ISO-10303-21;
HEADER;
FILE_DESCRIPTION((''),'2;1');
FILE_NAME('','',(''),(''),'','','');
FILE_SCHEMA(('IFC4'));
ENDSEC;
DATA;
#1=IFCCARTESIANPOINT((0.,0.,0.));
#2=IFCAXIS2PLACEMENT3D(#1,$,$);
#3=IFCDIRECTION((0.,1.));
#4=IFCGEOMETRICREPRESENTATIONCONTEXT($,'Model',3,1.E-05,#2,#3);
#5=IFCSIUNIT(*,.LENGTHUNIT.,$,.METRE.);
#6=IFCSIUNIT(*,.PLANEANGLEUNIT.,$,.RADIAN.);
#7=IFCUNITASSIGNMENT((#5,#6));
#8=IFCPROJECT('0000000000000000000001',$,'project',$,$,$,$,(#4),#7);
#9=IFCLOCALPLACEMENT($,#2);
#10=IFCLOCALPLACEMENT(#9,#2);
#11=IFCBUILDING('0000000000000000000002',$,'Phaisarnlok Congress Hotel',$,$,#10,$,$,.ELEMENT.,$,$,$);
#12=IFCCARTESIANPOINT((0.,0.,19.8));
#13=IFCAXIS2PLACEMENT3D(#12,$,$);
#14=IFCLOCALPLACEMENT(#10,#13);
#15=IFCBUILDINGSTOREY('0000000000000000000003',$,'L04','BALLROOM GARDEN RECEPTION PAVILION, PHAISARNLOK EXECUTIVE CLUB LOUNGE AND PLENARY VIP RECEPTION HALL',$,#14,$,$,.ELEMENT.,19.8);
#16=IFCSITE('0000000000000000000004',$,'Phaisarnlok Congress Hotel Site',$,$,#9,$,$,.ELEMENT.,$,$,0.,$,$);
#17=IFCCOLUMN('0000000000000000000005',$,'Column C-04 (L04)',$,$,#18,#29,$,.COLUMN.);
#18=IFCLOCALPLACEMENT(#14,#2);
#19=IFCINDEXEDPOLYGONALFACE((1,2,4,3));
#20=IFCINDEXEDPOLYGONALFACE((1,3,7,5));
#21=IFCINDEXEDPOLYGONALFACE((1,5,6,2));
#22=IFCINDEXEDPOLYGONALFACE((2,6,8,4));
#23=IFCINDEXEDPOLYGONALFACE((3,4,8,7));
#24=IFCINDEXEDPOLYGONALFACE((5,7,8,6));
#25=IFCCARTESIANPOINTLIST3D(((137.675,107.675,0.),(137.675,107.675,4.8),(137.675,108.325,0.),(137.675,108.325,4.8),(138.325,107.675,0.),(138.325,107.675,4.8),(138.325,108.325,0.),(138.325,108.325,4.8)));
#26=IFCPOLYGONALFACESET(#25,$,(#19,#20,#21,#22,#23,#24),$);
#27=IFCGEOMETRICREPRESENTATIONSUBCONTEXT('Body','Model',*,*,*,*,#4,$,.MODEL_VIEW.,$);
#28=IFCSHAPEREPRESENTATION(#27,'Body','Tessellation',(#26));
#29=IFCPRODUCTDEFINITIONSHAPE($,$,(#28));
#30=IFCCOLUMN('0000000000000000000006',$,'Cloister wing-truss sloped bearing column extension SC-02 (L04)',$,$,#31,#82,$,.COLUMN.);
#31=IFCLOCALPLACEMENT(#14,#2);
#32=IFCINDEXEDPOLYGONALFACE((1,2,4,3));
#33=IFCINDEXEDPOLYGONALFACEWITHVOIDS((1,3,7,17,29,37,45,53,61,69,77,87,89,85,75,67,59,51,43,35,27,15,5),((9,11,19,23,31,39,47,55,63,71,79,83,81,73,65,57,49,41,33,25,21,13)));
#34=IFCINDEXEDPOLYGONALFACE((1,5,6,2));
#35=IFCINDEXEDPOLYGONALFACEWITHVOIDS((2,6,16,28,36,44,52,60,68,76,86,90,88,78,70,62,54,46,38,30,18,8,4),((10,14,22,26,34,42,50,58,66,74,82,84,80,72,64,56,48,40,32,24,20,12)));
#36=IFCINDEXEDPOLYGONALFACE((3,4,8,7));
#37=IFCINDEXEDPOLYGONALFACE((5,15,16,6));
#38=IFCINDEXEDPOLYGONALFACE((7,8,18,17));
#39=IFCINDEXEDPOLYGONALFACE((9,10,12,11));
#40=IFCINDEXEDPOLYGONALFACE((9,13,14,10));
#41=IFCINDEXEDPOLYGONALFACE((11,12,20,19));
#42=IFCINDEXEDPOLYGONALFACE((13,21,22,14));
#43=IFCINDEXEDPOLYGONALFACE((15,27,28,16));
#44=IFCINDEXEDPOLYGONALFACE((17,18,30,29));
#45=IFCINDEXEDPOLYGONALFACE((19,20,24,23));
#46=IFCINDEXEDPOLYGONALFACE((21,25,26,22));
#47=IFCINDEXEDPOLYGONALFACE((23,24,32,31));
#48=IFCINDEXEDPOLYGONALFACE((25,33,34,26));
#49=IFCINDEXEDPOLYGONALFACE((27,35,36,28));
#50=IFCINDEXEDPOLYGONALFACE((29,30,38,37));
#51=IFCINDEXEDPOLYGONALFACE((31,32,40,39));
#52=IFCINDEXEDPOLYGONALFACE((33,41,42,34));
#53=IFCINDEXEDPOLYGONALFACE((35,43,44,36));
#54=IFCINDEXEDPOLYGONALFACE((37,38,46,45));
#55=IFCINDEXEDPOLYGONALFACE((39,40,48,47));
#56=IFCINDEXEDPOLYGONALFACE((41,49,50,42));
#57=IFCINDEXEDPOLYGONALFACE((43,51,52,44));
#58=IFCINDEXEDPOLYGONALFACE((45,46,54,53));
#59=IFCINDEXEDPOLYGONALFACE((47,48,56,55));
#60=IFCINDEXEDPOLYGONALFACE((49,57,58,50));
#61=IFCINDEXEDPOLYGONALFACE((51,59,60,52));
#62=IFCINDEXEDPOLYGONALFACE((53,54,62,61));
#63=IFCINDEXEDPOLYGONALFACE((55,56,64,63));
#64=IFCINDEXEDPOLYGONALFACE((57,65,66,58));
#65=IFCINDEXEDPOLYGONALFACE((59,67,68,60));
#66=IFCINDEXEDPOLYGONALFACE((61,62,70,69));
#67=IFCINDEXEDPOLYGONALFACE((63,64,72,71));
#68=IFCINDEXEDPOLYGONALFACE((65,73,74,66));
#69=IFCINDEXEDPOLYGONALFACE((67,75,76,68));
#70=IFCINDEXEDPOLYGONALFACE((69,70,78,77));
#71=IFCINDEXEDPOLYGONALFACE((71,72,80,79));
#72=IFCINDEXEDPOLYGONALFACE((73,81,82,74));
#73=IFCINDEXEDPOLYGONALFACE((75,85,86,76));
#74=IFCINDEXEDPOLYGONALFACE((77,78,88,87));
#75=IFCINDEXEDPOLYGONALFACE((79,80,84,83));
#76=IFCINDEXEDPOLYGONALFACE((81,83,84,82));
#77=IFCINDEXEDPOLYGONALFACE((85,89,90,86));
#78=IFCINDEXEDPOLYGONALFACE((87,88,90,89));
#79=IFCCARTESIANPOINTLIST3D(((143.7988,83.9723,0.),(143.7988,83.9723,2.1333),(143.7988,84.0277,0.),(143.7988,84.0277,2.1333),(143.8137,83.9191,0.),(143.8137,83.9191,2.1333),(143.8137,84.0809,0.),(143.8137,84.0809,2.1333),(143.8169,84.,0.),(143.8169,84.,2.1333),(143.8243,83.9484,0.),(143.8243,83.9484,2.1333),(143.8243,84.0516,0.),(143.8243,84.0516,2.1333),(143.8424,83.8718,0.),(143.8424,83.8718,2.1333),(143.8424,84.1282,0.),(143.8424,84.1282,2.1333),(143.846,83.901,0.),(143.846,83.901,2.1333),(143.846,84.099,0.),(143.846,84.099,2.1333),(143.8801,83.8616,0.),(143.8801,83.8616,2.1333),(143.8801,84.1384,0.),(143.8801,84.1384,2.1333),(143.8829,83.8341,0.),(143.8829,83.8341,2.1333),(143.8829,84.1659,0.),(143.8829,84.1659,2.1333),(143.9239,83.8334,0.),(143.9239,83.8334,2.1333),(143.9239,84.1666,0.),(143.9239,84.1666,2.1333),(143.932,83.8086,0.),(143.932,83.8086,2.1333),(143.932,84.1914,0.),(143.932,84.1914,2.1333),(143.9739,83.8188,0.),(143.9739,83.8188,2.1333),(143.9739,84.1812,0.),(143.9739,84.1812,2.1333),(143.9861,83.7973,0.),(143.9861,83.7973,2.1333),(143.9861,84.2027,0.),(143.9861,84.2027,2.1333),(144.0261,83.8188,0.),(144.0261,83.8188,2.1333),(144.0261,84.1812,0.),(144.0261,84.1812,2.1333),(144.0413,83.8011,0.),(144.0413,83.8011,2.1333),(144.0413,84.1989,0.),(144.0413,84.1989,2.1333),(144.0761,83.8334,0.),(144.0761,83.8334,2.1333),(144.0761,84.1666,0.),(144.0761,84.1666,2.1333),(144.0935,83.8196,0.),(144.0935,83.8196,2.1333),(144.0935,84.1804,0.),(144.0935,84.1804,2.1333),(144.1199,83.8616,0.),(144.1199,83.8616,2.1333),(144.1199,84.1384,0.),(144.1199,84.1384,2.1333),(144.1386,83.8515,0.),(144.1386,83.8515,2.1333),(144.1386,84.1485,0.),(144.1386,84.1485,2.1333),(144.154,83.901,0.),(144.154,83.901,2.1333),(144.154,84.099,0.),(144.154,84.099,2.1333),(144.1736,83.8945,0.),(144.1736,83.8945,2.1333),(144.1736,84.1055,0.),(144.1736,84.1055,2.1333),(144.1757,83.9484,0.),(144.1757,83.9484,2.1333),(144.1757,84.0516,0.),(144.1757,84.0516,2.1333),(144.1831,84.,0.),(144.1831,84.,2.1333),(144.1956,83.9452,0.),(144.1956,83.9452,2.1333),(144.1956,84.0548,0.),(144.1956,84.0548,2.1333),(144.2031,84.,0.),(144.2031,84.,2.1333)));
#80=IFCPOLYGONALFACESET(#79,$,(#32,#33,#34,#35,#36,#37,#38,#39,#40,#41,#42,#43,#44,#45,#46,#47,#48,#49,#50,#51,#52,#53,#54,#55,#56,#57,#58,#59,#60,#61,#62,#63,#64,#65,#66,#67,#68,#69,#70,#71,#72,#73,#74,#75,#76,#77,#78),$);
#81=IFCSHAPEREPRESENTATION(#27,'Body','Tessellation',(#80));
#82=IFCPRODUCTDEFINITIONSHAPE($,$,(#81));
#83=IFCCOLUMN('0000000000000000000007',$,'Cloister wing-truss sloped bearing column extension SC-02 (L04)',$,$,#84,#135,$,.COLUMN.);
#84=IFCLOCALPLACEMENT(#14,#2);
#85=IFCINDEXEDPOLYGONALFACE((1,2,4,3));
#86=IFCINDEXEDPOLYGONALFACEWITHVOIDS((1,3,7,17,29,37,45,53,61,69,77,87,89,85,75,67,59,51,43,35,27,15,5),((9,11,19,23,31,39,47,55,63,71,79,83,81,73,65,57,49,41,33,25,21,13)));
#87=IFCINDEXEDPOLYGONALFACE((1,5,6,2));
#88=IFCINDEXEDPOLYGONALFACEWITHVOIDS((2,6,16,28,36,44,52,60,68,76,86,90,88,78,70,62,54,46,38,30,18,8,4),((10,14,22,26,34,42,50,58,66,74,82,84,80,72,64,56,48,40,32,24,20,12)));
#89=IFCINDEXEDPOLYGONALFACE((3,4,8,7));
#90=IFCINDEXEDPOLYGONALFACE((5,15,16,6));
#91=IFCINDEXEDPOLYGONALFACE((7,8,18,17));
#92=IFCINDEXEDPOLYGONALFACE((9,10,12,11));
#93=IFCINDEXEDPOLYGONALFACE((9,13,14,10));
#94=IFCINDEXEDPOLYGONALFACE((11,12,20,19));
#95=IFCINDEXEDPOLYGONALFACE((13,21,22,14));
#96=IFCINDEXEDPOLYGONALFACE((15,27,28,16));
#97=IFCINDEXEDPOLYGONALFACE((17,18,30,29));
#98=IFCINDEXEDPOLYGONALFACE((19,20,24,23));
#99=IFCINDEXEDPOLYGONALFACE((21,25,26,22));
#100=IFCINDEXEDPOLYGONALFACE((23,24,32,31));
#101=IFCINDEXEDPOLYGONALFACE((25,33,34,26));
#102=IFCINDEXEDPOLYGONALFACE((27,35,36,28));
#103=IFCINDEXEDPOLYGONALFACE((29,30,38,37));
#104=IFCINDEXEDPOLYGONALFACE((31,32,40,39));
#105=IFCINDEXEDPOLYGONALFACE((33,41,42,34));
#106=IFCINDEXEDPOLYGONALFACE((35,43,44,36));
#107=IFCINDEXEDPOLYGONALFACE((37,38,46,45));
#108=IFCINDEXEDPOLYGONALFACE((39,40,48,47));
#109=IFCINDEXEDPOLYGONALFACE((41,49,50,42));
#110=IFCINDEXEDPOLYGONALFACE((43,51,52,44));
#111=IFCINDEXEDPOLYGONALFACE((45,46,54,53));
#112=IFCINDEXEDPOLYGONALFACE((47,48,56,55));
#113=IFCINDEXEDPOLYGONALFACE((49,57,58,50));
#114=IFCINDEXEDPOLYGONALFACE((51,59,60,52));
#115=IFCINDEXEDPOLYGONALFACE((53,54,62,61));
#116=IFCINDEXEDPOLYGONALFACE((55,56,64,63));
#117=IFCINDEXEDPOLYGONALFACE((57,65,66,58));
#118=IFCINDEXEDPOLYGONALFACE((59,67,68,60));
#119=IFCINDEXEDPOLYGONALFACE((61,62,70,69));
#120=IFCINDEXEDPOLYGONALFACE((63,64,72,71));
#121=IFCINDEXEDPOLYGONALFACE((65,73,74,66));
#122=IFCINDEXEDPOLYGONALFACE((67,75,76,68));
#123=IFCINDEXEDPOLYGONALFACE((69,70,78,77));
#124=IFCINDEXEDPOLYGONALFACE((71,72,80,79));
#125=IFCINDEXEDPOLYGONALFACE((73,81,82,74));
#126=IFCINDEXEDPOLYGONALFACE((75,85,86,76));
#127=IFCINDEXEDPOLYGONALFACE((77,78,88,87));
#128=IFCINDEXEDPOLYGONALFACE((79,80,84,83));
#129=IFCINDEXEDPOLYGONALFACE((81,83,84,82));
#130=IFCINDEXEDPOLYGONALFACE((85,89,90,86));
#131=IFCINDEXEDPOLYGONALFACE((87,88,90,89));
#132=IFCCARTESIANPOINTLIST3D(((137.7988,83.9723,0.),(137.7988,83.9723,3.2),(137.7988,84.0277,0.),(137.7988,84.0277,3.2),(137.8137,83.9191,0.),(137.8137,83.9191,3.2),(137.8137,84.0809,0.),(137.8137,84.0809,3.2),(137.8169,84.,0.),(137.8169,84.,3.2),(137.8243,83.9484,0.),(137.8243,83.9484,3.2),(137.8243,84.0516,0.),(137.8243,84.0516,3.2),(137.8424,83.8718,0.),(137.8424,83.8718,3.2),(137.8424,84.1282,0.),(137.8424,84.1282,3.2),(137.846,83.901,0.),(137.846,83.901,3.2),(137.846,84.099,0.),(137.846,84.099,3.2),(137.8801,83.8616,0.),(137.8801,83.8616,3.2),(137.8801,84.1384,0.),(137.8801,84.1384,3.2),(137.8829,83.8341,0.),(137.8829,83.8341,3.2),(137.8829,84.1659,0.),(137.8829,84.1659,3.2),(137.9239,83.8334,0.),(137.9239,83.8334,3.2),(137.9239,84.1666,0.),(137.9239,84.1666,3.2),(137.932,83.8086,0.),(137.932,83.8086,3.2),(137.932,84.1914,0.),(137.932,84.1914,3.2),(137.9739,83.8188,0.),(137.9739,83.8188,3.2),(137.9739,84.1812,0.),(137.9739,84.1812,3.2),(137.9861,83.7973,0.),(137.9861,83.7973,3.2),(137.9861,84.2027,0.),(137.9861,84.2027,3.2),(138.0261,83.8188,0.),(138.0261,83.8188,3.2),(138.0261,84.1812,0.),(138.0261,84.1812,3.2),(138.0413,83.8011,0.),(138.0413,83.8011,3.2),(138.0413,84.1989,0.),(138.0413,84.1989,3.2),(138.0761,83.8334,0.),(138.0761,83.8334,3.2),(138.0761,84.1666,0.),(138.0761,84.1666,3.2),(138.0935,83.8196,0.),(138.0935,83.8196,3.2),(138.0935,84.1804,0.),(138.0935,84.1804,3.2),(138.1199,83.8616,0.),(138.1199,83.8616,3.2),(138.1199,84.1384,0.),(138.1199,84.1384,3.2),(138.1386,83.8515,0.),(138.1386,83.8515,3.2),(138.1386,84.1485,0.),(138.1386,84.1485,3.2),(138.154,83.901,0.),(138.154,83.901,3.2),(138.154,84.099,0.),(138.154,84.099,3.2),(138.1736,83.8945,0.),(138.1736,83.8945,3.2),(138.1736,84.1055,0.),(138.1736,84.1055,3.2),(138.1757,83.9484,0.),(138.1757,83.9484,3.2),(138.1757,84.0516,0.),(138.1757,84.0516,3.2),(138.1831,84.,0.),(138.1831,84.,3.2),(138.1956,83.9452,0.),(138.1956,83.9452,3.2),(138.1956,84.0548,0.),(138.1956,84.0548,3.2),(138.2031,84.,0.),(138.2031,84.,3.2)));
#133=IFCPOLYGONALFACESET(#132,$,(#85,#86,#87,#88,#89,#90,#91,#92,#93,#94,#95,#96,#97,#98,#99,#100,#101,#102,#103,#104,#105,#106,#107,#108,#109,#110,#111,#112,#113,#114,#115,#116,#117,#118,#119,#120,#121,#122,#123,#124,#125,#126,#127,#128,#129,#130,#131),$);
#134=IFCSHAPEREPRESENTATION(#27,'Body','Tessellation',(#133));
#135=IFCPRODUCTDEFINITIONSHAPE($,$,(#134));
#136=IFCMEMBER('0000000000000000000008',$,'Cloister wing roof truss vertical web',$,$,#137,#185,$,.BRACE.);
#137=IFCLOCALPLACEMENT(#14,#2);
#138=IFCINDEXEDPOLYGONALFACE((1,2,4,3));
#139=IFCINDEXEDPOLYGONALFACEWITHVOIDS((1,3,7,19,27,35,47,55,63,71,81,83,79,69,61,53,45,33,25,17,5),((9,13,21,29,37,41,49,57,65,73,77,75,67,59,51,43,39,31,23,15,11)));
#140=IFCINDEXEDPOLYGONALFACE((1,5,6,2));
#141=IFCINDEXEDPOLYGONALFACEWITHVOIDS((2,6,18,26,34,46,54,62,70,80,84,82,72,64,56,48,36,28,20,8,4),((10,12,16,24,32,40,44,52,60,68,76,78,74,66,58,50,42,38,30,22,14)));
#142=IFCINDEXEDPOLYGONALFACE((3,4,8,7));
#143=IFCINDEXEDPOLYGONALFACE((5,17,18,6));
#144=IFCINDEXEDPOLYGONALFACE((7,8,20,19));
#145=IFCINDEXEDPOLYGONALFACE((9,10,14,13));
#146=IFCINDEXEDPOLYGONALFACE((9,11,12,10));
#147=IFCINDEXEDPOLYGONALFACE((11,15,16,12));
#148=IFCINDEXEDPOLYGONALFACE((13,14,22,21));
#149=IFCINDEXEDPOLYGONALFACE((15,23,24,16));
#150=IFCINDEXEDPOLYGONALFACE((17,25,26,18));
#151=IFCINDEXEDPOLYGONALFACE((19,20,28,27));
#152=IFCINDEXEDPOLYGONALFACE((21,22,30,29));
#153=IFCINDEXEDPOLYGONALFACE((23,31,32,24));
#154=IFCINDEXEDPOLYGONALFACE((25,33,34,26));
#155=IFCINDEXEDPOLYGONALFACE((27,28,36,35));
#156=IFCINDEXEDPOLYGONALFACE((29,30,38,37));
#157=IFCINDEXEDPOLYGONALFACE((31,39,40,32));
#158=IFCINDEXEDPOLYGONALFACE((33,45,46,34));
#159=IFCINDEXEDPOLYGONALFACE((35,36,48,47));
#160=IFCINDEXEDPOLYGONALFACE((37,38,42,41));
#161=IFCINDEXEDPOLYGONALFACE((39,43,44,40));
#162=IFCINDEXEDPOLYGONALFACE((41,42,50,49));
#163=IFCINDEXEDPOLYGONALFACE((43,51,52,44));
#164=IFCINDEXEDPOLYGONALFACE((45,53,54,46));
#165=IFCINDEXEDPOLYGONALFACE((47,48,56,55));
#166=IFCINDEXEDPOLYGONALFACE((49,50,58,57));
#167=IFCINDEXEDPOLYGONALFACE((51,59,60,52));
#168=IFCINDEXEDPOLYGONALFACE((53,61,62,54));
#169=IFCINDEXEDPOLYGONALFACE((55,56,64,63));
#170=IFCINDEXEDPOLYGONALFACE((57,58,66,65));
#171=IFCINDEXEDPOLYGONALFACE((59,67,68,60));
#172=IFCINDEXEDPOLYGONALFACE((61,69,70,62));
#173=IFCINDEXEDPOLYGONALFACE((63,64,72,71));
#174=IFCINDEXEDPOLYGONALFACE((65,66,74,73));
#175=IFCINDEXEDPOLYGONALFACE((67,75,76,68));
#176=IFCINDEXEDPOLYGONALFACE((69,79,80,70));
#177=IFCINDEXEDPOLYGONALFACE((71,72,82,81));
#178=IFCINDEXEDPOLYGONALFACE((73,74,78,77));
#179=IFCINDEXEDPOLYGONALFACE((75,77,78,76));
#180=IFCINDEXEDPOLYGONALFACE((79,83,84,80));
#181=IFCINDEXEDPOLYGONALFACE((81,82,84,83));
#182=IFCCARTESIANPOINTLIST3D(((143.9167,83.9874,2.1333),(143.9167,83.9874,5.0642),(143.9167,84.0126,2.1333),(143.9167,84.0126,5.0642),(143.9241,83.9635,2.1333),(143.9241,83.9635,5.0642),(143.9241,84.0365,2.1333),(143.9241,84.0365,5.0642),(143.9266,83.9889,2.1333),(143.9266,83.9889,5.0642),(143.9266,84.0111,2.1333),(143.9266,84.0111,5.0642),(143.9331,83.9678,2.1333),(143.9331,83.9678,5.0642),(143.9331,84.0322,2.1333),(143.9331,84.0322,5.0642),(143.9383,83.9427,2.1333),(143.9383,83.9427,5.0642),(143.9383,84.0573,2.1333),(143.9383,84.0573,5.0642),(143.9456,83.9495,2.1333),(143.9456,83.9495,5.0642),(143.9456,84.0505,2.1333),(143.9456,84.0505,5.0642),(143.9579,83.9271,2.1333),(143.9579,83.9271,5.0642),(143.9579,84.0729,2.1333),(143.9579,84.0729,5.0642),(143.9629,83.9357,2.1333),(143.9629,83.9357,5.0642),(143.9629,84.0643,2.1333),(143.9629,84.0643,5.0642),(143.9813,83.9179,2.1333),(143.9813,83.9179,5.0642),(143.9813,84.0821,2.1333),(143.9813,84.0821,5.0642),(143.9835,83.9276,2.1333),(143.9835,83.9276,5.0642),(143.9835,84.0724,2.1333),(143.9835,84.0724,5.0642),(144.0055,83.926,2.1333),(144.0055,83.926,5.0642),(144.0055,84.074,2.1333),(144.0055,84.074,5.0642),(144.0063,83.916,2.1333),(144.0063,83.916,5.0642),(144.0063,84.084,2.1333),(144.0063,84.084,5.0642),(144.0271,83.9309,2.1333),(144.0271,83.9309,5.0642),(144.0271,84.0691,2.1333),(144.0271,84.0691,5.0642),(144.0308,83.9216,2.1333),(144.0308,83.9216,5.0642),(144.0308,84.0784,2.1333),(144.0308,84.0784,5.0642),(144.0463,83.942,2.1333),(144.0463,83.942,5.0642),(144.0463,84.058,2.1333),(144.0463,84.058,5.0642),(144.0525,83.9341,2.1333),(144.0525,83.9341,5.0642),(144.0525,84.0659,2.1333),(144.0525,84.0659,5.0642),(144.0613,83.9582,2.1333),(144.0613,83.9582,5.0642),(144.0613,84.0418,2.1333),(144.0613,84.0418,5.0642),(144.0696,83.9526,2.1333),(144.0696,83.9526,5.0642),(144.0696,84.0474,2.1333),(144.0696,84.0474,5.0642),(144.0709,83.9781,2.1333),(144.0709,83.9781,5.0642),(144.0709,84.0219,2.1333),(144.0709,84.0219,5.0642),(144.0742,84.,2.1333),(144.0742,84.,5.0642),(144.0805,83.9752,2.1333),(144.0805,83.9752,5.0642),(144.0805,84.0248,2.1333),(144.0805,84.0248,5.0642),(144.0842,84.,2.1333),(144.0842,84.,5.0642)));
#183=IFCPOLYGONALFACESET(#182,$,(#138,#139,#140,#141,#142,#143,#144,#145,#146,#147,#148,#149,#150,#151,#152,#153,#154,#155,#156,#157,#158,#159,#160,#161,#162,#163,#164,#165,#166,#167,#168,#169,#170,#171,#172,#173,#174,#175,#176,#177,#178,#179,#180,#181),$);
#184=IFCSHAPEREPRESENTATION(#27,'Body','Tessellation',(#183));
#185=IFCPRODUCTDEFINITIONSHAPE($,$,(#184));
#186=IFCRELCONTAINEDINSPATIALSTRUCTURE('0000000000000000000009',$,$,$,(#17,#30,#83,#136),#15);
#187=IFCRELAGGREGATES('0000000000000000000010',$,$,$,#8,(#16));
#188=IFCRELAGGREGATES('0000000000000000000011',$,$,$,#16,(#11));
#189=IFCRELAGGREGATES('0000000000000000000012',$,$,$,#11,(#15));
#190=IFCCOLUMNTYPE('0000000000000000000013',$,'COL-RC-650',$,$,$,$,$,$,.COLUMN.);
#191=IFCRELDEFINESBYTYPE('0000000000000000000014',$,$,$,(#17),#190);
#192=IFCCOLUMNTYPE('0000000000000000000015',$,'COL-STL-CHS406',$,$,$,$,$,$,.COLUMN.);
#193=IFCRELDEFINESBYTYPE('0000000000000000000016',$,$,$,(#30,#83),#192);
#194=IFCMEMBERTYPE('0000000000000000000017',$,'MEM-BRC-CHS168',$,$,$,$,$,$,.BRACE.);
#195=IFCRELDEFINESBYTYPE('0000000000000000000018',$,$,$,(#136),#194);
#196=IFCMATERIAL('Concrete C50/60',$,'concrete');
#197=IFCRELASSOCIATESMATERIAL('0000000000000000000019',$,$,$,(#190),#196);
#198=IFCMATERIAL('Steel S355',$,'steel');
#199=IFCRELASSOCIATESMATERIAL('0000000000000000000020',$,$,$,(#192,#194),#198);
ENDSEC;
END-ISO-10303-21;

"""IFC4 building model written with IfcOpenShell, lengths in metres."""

from ifc_helpers import new_model, si_unit, direction, frame, origin, origin_2d, place, context, subcontext, project, spatial, rectangle, hollow_circle, extrude, material, material_profile, profile_set, type_object, element, save


model = new_model("IFC4")

# Units and contexts
model_context = context("Model", 3, precision=1e-05, world=origin(), true_north=direction((0.0, 1.0)))
body_context = subcontext(model_context, "Body", "Model", "MODEL_VIEW")
ifc_project = project(units=[si_unit("LENGTHUNIT", "METRE"), si_unit("PLANEANGLEUNIT", "RADIAN")], contexts=[model_context])

# Site, building, storey
site_placement = place(None, origin())
site = spatial("IfcSite", under=ifc_project, at=site_placement, Name="Phaisarnlok Congress Hotel Site", CompositionType="ELEMENT", RefElevation=0.0)
building_placement = place(site_placement, origin())
building = spatial("IfcBuilding", under=site, at=building_placement, Name="Phaisarnlok Congress Hotel", CompositionType="ELEMENT")
storey_placement = place(building_placement, frame((0.0, 0.0, 19.8)))
storey = spatial("IfcBuildingStorey", under=building, at=storey_placement, Name="L04", Description="BALLROOM GARDEN RECEPTION PAVILION, PHAISARNLOK EXECUTIVE CLUB LOUNGE AND PLENARY VIP RECEPTION HALL", CompositionType="ELEMENT", Elevation=19.8)

# Columns
ifc_material_1 = material(Name="Concrete C50/60", Category="concrete")
ifc_material_profile_1 = material_profile(ifc_material_1, rectangle(XDim=0.6499, YDim=0.6499, at=origin_2d()), Name="RC 650x650")
ifc_profile_set_1 = profile_set([ifc_material_profile_1], Name="Concrete C50/60")
column_type_1 = type_object("IfcColumnType", Name="COL-RC-650", PredefinedType="COLUMN", material=ifc_profile_set_1)
column_1_placement = place(storey_placement, frame((138.0, 108.0, 0.0), z_axis=(0.0, 0.0, 1.0), x_axis=(1.0, 0.0, 0.0)))
element("IfcColumn", 1, at=column_1_placement, inside=storey, type_object=column_type_1, Name="Column C-04 (L04)", PredefinedType="COLUMN", context=body_context, shape_type="SweptSolid", body=[
    extrude(rectangle(XDim=0.6499, YDim=0.6499, at=origin_2d()), origin(), (0.0, 0.0, 1.0), 4.8),
])
ifc_material_2 = material(Name="Steel S355", Category="steel")
ifc_material_profile_2 = material_profile(ifc_material_2, hollow_circle(Radius=0.2031, WallThickness=0.02, at=origin_2d()), Name="CHS 406.4x20")
ifc_profile_set_2 = profile_set([ifc_material_profile_2], Name="Steel S355")
column_type_2 = type_object("IfcColumnType", Name="COL-STL-CHS406", PredefinedType="COLUMN", material=ifc_profile_set_2)
column_2_placement = place(storey_placement, frame((144.0, 84.0, 0.0), z_axis=(0.0, 0.0, 1.0), x_axis=(1.0, 0.0, 0.0)))
element("IfcColumn", 2, at=column_2_placement, inside=storey, type_object=column_type_2, Name="Cloister wing-truss sloped bearing column extension SC-02 (L04)", PredefinedType="COLUMN", context=body_context, shape_type="SweptSolid", body=[
    extrude(hollow_circle(Radius=0.2031, WallThickness=0.02, at=origin_2d()), origin(), (0.0, 0.0, 1.0), 2.1333),
])
column_3_placement = place(storey_placement, frame((138.0, 84.0, 0.0), z_axis=(0.0, 0.0, 1.0), x_axis=(1.0, 0.0, 0.0)))
element("IfcColumn", 3, at=column_3_placement, inside=storey, type_object=column_type_2, Name="Cloister wing-truss sloped bearing column extension SC-02 (L04)", PredefinedType="COLUMN", context=body_context, shape_type="SweptSolid", body=[
    extrude(hollow_circle(Radius=0.2031, WallThickness=0.02, at=origin_2d()), origin(), (0.0, 0.0, 1.0), 3.2),
])

# Member
ifc_material_profile_3 = material_profile(ifc_material_2, hollow_circle(Radius=0.0842, WallThickness=0.01, at=origin_2d()), Name="CHS 168.3x10")
ifc_profile_set_3 = profile_set([ifc_material_profile_3], Name="Steel S355")
member_type_1 = type_object("IfcMemberType", Name="MEM-BRC-CHS168", PredefinedType="BRACE", material=ifc_profile_set_3)
member_1_placement = place(storey_placement, frame((144.0, 84.0, 2.1333), z_axis=(0.0, 0.0, 1.0), x_axis=(1.0, 0.0, 0.0)))
element("IfcMember", 4, at=member_1_placement, inside=storey, type_object=member_type_1, Name="Cloister wing roof truss vertical web", PredefinedType="BRACE", context=body_context, shape_type="SweptSolid", body=[
    extrude(hollow_circle(Radius=0.0842, WallThickness=0.01, at=origin_2d()), origin(), (0.0, 0.0, 1.0), 2.9309),
])

save(model, "model.ifc")
